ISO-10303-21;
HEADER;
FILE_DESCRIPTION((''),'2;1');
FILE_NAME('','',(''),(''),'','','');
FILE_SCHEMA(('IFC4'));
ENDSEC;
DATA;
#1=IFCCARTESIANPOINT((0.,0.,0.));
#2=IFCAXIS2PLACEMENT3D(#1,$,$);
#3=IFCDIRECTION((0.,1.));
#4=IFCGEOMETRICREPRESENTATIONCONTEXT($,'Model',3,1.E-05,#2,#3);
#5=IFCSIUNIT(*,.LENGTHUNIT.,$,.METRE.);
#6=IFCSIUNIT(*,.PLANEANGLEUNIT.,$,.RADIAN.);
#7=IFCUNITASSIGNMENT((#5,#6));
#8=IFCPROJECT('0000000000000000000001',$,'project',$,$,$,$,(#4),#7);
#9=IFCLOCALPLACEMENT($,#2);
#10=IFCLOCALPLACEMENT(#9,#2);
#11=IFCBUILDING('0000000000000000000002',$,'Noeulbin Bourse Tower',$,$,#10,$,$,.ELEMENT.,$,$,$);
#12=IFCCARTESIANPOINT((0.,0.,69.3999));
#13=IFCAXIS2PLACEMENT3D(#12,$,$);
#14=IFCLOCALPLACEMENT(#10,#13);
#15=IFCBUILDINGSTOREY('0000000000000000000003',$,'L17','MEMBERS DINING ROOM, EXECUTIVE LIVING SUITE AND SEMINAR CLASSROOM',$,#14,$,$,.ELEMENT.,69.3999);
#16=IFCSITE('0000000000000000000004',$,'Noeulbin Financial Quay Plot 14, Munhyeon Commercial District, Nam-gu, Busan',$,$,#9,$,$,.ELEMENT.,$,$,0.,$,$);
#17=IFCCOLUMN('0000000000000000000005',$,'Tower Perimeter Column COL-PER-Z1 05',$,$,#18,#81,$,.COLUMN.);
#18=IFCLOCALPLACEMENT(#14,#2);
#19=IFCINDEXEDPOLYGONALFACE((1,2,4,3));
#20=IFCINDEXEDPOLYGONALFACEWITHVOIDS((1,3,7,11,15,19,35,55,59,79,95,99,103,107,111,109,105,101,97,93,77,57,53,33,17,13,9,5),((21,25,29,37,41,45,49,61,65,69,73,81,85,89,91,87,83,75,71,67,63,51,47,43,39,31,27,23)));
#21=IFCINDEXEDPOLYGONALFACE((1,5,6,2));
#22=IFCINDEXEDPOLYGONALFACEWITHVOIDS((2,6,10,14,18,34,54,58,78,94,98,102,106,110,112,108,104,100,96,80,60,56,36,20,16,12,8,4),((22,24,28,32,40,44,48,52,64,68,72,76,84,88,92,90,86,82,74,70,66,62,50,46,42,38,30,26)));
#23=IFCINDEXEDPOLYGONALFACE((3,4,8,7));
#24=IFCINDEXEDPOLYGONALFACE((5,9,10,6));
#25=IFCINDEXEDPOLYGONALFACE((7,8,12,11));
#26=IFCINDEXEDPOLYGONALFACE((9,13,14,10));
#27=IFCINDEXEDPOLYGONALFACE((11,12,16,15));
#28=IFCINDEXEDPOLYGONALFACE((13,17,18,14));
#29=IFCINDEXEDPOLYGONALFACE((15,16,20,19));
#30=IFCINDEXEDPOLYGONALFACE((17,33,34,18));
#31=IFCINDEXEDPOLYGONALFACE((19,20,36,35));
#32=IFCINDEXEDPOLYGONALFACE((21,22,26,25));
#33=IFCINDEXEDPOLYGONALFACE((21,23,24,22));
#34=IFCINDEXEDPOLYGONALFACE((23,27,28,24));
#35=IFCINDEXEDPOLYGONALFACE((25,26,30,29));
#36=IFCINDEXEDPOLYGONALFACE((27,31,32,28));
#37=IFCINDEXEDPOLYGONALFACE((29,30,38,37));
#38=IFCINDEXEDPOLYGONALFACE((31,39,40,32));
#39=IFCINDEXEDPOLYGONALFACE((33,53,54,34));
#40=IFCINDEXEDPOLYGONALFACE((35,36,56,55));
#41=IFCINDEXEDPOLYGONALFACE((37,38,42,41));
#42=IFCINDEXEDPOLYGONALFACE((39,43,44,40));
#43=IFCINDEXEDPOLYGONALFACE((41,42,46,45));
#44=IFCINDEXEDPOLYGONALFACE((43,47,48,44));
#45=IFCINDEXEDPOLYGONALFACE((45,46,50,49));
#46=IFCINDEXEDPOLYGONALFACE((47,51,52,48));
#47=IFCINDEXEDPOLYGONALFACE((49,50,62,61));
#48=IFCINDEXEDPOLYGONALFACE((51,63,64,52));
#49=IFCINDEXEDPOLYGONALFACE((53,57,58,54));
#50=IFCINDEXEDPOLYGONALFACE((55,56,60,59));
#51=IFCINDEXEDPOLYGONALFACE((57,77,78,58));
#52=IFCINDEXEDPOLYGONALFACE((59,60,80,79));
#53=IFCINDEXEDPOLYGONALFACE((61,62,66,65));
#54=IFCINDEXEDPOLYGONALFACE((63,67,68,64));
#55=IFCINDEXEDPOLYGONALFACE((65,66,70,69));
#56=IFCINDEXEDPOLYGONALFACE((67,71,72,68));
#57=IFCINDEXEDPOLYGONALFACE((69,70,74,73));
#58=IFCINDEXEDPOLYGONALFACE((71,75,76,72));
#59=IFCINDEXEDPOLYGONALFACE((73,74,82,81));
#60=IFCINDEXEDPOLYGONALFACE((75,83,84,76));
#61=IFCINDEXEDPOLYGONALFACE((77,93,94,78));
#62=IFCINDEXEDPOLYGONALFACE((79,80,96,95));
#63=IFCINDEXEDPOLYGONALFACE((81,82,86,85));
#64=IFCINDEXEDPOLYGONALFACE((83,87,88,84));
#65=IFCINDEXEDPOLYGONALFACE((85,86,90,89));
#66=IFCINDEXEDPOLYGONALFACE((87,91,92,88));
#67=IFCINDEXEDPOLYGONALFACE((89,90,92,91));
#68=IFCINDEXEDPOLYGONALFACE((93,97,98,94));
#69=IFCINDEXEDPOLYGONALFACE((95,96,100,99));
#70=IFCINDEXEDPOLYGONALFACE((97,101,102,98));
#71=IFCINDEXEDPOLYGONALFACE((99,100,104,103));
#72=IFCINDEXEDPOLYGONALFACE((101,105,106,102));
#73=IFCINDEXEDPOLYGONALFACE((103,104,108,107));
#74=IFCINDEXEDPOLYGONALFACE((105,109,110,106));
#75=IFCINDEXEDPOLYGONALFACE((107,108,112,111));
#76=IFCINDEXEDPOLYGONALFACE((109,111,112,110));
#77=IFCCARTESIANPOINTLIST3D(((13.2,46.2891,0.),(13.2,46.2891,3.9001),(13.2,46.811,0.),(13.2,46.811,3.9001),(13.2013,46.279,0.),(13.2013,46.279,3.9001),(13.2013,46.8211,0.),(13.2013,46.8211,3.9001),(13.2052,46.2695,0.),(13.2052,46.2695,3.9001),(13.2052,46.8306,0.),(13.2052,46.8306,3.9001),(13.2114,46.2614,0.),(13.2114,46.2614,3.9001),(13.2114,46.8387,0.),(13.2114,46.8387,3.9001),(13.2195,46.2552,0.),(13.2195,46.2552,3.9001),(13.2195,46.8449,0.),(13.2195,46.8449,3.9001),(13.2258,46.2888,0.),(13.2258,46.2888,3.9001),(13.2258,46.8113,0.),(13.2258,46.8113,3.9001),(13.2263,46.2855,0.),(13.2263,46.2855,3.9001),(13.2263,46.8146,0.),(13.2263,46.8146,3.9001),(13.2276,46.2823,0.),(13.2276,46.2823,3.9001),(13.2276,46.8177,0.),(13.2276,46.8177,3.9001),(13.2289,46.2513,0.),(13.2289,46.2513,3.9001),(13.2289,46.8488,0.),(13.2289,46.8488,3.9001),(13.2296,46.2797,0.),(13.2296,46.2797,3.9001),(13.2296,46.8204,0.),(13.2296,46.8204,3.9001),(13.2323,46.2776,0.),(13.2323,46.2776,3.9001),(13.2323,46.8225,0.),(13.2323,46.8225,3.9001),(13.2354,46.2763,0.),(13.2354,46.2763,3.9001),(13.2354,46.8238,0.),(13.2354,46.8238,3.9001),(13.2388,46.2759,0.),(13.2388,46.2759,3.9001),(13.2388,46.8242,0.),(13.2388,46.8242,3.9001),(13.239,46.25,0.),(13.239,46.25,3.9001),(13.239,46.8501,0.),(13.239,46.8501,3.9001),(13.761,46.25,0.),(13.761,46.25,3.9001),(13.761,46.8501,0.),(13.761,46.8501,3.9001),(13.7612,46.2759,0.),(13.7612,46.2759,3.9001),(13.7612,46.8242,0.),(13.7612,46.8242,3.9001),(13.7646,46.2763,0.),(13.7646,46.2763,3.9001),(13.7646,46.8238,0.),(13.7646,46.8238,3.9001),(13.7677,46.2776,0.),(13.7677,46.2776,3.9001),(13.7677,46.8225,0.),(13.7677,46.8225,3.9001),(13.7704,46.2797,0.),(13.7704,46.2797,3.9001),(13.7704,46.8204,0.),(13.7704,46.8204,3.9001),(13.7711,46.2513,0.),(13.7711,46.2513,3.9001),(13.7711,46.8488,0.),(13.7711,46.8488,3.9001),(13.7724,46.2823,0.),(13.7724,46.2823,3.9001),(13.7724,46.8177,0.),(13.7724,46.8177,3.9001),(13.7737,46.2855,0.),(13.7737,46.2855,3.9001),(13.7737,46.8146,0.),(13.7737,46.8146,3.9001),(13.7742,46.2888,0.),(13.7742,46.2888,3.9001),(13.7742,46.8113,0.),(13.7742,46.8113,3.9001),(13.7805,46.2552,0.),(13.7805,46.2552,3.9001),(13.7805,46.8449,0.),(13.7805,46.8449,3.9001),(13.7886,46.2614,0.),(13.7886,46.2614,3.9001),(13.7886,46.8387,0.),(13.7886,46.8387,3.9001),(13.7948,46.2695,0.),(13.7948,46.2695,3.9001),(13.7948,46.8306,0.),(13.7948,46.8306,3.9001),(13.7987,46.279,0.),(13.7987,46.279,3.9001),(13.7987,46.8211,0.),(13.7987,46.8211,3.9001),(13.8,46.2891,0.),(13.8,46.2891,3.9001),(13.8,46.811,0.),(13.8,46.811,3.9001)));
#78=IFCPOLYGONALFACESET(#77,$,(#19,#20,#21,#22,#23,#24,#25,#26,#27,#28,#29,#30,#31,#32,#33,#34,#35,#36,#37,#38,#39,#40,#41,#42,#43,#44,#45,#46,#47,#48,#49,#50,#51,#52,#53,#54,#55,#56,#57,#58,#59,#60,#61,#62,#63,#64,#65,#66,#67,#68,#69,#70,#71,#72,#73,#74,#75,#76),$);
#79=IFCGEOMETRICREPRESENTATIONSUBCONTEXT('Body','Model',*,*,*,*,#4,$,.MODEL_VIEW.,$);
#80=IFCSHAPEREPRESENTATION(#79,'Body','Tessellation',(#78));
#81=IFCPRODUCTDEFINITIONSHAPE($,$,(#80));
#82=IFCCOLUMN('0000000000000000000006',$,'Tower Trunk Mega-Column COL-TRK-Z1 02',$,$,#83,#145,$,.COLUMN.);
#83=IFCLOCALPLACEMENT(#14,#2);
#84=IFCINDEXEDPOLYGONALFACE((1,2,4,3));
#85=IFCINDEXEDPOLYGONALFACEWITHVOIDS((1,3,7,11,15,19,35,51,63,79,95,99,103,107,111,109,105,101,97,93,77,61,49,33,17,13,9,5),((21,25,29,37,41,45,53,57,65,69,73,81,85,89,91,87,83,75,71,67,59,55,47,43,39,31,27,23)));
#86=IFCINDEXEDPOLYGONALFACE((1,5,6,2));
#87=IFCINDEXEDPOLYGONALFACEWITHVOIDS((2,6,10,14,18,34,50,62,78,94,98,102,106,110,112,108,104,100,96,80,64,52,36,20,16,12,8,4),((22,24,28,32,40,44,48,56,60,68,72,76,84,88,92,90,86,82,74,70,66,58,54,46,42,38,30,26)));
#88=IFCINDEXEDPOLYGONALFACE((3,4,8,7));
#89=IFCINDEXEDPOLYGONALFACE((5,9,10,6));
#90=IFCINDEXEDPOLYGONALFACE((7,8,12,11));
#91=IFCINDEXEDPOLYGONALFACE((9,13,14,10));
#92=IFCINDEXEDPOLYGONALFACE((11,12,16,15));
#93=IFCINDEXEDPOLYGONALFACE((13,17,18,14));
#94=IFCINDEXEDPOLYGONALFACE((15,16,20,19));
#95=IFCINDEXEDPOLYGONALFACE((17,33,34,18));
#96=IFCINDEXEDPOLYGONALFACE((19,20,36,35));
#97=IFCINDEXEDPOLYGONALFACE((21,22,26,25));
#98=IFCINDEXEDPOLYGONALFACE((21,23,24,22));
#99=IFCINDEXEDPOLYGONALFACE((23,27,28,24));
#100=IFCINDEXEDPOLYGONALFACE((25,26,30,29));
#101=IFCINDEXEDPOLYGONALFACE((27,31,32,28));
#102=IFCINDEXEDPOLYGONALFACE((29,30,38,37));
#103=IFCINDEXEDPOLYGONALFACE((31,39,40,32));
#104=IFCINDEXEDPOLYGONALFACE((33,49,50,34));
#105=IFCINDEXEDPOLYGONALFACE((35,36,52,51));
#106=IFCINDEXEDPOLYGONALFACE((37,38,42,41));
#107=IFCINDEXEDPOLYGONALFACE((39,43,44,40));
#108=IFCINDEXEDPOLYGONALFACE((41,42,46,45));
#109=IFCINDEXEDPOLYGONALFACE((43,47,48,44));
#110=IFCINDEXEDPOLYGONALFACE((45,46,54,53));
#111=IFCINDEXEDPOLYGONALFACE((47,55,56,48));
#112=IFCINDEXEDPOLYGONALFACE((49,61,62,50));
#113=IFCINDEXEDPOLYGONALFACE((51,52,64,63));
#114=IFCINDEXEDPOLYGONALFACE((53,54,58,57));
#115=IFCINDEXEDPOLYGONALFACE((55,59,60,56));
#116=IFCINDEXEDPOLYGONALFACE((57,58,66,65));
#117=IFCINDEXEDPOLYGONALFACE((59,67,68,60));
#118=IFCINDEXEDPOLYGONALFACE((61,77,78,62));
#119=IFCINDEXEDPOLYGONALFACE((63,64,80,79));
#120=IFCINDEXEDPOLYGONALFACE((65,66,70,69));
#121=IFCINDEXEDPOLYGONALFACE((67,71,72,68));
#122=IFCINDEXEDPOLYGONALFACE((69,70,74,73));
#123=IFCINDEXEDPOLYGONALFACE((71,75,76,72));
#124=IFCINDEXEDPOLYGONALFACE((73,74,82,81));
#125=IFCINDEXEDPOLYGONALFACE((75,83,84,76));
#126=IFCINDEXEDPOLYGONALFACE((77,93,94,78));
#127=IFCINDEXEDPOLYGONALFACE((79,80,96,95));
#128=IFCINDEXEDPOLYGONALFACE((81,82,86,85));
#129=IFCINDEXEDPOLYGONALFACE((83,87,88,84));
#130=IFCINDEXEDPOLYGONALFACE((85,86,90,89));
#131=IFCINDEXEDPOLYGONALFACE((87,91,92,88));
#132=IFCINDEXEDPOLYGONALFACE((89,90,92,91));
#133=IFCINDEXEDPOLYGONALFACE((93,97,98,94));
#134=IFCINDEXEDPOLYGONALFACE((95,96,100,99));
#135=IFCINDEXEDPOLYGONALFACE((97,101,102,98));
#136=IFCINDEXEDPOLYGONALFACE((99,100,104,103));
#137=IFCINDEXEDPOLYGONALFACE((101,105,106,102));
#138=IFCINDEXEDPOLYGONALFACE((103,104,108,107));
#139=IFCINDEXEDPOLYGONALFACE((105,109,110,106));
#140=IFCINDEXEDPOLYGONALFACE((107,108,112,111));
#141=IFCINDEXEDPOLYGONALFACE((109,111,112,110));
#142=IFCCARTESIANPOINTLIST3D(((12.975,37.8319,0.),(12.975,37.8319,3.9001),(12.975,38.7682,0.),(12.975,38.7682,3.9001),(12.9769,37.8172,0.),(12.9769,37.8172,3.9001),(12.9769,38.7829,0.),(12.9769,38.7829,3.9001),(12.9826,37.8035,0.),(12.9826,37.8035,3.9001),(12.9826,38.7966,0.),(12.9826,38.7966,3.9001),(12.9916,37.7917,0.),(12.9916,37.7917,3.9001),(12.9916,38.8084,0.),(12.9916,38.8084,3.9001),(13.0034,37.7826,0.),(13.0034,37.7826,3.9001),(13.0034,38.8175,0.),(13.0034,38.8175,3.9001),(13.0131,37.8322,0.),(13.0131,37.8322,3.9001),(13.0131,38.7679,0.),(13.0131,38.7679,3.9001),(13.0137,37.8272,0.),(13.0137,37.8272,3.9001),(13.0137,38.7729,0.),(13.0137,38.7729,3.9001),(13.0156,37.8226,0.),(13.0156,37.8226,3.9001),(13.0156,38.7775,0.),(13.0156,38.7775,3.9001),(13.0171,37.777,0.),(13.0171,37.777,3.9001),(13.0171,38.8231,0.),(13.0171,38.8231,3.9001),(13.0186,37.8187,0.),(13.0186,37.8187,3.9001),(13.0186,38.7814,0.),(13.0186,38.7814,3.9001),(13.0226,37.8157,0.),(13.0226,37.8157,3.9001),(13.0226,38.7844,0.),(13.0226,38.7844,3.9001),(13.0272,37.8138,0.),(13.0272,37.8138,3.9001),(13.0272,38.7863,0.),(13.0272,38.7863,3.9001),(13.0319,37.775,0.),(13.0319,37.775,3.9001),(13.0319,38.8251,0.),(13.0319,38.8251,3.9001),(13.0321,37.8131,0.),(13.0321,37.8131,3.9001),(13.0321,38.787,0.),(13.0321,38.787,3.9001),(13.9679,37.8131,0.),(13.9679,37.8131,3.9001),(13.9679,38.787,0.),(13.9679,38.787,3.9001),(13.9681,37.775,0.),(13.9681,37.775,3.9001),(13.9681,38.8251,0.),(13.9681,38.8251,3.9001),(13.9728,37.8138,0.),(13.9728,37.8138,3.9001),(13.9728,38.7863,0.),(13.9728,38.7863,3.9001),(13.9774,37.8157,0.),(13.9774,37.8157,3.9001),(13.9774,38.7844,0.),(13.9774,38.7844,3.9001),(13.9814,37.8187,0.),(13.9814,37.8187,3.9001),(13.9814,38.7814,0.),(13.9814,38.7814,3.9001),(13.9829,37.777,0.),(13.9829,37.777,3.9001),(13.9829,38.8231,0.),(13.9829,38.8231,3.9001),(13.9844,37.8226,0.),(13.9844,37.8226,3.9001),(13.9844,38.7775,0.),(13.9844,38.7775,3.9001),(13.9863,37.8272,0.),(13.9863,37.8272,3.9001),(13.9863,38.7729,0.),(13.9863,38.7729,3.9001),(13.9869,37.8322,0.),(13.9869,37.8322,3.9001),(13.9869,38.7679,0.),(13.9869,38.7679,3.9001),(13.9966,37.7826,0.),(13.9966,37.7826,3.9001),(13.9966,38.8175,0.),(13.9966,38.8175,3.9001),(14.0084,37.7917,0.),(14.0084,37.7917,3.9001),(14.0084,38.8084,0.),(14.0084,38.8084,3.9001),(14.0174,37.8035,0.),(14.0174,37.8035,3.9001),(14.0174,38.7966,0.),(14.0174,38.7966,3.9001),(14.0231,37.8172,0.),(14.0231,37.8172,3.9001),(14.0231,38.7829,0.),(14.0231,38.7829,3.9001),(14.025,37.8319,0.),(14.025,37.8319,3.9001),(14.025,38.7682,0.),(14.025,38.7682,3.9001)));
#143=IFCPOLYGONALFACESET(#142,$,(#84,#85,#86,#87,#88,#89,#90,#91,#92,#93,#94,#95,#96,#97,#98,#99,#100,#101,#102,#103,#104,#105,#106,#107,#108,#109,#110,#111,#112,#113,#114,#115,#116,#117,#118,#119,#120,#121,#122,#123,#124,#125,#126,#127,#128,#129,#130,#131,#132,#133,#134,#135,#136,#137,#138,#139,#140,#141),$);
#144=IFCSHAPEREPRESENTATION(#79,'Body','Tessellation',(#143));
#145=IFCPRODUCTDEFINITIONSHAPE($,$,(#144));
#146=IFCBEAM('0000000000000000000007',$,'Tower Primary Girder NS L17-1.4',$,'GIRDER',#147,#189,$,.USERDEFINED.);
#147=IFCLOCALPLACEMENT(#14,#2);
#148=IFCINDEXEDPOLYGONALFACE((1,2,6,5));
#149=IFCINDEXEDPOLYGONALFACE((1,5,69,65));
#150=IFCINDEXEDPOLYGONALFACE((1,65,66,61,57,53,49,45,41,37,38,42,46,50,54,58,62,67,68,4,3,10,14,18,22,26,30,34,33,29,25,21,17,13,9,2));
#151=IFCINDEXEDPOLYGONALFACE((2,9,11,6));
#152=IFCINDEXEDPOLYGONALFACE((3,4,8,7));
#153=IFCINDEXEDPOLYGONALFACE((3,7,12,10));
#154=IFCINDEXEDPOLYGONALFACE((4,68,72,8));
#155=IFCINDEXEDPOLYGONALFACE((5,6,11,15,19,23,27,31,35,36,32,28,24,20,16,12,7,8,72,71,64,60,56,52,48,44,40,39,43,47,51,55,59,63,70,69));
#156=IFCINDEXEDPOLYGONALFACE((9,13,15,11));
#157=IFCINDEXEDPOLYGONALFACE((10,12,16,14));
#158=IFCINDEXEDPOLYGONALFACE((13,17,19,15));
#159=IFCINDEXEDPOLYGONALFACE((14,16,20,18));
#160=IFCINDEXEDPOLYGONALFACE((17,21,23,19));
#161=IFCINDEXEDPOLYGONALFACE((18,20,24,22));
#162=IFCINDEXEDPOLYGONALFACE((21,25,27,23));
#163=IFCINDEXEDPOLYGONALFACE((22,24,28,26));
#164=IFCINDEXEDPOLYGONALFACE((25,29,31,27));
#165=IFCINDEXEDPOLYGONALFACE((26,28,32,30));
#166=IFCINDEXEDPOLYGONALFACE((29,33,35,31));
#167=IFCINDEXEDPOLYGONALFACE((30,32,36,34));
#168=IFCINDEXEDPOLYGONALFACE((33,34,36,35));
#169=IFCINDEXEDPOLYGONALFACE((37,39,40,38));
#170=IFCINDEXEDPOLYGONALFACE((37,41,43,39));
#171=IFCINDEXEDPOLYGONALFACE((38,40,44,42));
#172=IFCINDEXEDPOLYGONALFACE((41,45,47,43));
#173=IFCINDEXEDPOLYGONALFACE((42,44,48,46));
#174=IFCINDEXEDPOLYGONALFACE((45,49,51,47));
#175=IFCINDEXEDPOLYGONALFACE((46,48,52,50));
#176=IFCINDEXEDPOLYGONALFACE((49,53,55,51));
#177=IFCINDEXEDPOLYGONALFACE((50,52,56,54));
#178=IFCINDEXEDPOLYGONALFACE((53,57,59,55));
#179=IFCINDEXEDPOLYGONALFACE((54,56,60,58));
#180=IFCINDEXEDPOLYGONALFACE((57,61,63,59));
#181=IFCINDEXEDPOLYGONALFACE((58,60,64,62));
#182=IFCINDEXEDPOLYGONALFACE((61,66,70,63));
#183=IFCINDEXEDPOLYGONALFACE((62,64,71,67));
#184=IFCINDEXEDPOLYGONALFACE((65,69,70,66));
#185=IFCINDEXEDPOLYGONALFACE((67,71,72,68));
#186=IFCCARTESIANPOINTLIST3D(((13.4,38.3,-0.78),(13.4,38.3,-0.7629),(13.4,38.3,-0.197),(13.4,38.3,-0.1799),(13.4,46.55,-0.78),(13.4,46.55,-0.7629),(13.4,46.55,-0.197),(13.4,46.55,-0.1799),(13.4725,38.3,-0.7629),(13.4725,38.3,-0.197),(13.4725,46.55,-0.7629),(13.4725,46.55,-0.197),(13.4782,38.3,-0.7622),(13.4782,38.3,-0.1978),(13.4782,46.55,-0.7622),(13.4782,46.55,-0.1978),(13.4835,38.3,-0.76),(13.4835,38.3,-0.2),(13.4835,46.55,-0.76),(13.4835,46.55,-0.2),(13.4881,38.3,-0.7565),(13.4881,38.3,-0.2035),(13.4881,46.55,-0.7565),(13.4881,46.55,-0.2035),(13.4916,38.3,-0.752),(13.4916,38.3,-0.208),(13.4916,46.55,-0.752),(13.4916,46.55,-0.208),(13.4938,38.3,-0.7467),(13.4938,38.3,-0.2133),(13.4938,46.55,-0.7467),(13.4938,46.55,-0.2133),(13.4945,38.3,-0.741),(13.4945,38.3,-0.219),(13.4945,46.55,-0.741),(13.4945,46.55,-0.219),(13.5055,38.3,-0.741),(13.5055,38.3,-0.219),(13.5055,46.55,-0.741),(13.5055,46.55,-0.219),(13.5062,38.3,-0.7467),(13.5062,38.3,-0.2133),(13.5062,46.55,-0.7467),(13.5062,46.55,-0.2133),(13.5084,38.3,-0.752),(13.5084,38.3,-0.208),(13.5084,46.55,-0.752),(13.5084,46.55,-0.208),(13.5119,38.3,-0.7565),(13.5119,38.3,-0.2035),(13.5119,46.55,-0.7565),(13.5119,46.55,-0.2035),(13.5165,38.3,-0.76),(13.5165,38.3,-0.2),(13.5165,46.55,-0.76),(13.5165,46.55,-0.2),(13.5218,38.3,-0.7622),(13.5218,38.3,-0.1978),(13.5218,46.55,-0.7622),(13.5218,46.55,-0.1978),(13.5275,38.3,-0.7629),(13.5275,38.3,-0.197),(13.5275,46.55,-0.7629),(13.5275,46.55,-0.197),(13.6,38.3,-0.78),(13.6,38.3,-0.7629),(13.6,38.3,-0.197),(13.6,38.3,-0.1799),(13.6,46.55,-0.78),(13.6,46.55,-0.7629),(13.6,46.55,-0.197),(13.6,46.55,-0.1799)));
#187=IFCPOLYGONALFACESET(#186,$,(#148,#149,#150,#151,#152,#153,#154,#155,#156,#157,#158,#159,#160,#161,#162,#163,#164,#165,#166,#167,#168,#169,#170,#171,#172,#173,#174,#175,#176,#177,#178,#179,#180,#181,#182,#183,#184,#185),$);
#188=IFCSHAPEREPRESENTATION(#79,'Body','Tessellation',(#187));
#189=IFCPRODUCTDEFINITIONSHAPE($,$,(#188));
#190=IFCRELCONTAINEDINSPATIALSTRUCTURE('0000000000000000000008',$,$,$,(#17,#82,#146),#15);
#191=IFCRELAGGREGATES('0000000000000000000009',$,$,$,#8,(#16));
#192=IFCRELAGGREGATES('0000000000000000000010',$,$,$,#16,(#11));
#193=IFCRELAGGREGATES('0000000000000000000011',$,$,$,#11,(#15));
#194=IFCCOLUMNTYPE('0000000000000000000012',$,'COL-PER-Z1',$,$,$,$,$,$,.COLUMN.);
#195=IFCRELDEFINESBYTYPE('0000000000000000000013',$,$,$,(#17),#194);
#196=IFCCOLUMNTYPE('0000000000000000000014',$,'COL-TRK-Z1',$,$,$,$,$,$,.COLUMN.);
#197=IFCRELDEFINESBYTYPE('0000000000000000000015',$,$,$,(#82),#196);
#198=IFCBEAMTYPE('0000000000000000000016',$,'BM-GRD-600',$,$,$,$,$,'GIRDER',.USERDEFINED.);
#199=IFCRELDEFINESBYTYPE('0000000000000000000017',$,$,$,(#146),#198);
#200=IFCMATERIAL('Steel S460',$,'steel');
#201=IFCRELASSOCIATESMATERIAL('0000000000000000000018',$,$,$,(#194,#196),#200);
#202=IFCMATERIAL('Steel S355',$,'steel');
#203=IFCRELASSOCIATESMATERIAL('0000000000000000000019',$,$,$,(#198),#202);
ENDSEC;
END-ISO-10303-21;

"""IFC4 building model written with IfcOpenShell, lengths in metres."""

from ifc_helpers import new_model, si_unit, direction, frame, origin, origin_2d, place, context, subcontext, project, spatial, hollow_rectangle, i_section, extrude, material, material_profile, profile_set, type_object, element, save


model = new_model("IFC4")

# Units and contexts
model_context = context("Model", 3, precision=1e-05, world=origin(), true_north=direction((0.0, 1.0)))
body_context = subcontext(model_context, "Body", "Model", "MODEL_VIEW")
ifc_project = project(units=[si_unit("LENGTHUNIT", "METRE"), si_unit("PLANEANGLEUNIT", "RADIAN")], contexts=[model_context])

# Site, building, storey
site_placement = place(None, origin())
site = spatial("IfcSite", under=ifc_project, at=site_placement, Name="Noeulbin Financial Quay Plot 14, Munhyeon Commercial District, Nam-gu, Busan", CompositionType="ELEMENT", RefElevation=0.0)
building_placement = place(site_placement, origin())
building = spatial("IfcBuilding", under=site, at=building_placement, Name="Noeulbin Bourse Tower", CompositionType="ELEMENT")
storey_placement = place(building_placement, frame((0.0, 0.0, 69.3999)))
storey = spatial("IfcBuildingStorey", under=building, at=storey_placement, Name="L17", Description="MEMBERS DINING ROOM, EXECUTIVE LIVING SUITE AND SEMINAR CLASSROOM", CompositionType="ELEMENT", Elevation=69.3999)

# Columns
ifc_material_1 = material(Name="Steel S460", Category="steel")
ifc_material_profile_1 = material_profile(ifc_material_1, hollow_rectangle(XDim=0.6001, YDim=0.6001, WallThickness=0.0259, InnerFilletRadius=0.0129, OuterFilletRadius=0.0391, at=origin_2d()), Name="BOX-600x600x26", Category="LoadBearing")
ifc_profile_set_1 = profile_set([ifc_material_profile_1], Name="Steel S460")
column_type_1 = type_object("IfcColumnType", Name="COL-PER-Z1", PredefinedType="COLUMN", material=ifc_profile_set_1)
column_1_placement = place(storey_placement, frame((13.5, 46.55, 0.0), z_axis=(0.0, 0.0, 1.0), x_axis=(1.0, 0.0, 0.0)))
element("IfcColumn", 1, at=column_1_placement, inside=storey, type_object=column_type_1, Name="Tower Perimeter Column COL-PER-Z1 05", PredefinedType="COLUMN", context=body_context, shape_type="SweptSolid", body=[
    extrude(hollow_rectangle(XDim=0.6001, YDim=0.6001, WallThickness=0.0259, InnerFilletRadius=0.0129, OuterFilletRadius=0.0391, at=origin_2d()), origin(), (0.0, 0.0, 1.0), 3.9001),
])
ifc_material_profile_2 = material_profile(ifc_material_1, hollow_rectangle(XDim=1.05, YDim=1.05, WallThickness=0.0381, InnerFilletRadius=0.019, OuterFilletRadius=0.0569, at=origin_2d()), Name="BOX-1050x1050x38", Category="LoadBearing")
ifc_profile_set_2 = profile_set([ifc_material_profile_2], Name="Steel S460")
column_type_2 = type_object("IfcColumnType", Name="COL-TRK-Z1", PredefinedType="COLUMN", material=ifc_profile_set_2)
column_2_placement = place(storey_placement, frame((13.5, 38.3, 0.0), z_axis=(0.0, 0.0, 1.0), x_axis=(1.0, 0.0, 0.0)))
element("IfcColumn", 2, at=column_2_placement, inside=storey, type_object=column_type_2, Name="Tower Trunk Mega-Column COL-TRK-Z1 02", PredefinedType="COLUMN", context=body_context, shape_type="SweptSolid", body=[
    extrude(hollow_rectangle(XDim=1.05, YDim=1.05, WallThickness=0.0381, InnerFilletRadius=0.019, OuterFilletRadius=0.0569, at=origin_2d()), origin(), (0.0, 0.0, 1.0), 3.9001),
])

# Beam
ifc_material_2 = material(Name="Steel S355", Category="steel")
ifc_material_profile_3 = material_profile(ifc_material_2, i_section(OverallWidth=0.2, OverallDepth=0.6001, WebThickness=0.011, FlangeThickness=0.0171, FilletRadius=0.022, at=origin_2d()), Name="H-600x200x11x17", Category="LoadBearing")
ifc_profile_set_3 = profile_set([ifc_material_profile_3], Name="Steel S355")
beam_type_1 = type_object("IfcBeamType", Name="BM-GRD-600", ElementType="GIRDER", PredefinedType="USERDEFINED", material=ifc_profile_set_3)
beam_1_placement = place(storey_placement, frame((13.5, 38.3, -0.48), z_axis=(0.0, 1.0, 0.0), x_axis=(-1.0, 0.0, 0.0)))
element("IfcBeam", 3, at=beam_1_placement, inside=storey, type_object=beam_type_1, Name="Tower Primary Girder NS L17-1.4", ObjectType="GIRDER", PredefinedType="USERDEFINED", context=body_context, shape_type="SweptSolid", body=[
    extrude(i_section(OverallWidth=0.2, OverallDepth=0.6001, WebThickness=0.011, FlangeThickness=0.0171, FilletRadius=0.022, at=origin_2d()), origin(), (0.0, 0.0, 1.0), 8.25),
])

save(model, "model.ifc")
